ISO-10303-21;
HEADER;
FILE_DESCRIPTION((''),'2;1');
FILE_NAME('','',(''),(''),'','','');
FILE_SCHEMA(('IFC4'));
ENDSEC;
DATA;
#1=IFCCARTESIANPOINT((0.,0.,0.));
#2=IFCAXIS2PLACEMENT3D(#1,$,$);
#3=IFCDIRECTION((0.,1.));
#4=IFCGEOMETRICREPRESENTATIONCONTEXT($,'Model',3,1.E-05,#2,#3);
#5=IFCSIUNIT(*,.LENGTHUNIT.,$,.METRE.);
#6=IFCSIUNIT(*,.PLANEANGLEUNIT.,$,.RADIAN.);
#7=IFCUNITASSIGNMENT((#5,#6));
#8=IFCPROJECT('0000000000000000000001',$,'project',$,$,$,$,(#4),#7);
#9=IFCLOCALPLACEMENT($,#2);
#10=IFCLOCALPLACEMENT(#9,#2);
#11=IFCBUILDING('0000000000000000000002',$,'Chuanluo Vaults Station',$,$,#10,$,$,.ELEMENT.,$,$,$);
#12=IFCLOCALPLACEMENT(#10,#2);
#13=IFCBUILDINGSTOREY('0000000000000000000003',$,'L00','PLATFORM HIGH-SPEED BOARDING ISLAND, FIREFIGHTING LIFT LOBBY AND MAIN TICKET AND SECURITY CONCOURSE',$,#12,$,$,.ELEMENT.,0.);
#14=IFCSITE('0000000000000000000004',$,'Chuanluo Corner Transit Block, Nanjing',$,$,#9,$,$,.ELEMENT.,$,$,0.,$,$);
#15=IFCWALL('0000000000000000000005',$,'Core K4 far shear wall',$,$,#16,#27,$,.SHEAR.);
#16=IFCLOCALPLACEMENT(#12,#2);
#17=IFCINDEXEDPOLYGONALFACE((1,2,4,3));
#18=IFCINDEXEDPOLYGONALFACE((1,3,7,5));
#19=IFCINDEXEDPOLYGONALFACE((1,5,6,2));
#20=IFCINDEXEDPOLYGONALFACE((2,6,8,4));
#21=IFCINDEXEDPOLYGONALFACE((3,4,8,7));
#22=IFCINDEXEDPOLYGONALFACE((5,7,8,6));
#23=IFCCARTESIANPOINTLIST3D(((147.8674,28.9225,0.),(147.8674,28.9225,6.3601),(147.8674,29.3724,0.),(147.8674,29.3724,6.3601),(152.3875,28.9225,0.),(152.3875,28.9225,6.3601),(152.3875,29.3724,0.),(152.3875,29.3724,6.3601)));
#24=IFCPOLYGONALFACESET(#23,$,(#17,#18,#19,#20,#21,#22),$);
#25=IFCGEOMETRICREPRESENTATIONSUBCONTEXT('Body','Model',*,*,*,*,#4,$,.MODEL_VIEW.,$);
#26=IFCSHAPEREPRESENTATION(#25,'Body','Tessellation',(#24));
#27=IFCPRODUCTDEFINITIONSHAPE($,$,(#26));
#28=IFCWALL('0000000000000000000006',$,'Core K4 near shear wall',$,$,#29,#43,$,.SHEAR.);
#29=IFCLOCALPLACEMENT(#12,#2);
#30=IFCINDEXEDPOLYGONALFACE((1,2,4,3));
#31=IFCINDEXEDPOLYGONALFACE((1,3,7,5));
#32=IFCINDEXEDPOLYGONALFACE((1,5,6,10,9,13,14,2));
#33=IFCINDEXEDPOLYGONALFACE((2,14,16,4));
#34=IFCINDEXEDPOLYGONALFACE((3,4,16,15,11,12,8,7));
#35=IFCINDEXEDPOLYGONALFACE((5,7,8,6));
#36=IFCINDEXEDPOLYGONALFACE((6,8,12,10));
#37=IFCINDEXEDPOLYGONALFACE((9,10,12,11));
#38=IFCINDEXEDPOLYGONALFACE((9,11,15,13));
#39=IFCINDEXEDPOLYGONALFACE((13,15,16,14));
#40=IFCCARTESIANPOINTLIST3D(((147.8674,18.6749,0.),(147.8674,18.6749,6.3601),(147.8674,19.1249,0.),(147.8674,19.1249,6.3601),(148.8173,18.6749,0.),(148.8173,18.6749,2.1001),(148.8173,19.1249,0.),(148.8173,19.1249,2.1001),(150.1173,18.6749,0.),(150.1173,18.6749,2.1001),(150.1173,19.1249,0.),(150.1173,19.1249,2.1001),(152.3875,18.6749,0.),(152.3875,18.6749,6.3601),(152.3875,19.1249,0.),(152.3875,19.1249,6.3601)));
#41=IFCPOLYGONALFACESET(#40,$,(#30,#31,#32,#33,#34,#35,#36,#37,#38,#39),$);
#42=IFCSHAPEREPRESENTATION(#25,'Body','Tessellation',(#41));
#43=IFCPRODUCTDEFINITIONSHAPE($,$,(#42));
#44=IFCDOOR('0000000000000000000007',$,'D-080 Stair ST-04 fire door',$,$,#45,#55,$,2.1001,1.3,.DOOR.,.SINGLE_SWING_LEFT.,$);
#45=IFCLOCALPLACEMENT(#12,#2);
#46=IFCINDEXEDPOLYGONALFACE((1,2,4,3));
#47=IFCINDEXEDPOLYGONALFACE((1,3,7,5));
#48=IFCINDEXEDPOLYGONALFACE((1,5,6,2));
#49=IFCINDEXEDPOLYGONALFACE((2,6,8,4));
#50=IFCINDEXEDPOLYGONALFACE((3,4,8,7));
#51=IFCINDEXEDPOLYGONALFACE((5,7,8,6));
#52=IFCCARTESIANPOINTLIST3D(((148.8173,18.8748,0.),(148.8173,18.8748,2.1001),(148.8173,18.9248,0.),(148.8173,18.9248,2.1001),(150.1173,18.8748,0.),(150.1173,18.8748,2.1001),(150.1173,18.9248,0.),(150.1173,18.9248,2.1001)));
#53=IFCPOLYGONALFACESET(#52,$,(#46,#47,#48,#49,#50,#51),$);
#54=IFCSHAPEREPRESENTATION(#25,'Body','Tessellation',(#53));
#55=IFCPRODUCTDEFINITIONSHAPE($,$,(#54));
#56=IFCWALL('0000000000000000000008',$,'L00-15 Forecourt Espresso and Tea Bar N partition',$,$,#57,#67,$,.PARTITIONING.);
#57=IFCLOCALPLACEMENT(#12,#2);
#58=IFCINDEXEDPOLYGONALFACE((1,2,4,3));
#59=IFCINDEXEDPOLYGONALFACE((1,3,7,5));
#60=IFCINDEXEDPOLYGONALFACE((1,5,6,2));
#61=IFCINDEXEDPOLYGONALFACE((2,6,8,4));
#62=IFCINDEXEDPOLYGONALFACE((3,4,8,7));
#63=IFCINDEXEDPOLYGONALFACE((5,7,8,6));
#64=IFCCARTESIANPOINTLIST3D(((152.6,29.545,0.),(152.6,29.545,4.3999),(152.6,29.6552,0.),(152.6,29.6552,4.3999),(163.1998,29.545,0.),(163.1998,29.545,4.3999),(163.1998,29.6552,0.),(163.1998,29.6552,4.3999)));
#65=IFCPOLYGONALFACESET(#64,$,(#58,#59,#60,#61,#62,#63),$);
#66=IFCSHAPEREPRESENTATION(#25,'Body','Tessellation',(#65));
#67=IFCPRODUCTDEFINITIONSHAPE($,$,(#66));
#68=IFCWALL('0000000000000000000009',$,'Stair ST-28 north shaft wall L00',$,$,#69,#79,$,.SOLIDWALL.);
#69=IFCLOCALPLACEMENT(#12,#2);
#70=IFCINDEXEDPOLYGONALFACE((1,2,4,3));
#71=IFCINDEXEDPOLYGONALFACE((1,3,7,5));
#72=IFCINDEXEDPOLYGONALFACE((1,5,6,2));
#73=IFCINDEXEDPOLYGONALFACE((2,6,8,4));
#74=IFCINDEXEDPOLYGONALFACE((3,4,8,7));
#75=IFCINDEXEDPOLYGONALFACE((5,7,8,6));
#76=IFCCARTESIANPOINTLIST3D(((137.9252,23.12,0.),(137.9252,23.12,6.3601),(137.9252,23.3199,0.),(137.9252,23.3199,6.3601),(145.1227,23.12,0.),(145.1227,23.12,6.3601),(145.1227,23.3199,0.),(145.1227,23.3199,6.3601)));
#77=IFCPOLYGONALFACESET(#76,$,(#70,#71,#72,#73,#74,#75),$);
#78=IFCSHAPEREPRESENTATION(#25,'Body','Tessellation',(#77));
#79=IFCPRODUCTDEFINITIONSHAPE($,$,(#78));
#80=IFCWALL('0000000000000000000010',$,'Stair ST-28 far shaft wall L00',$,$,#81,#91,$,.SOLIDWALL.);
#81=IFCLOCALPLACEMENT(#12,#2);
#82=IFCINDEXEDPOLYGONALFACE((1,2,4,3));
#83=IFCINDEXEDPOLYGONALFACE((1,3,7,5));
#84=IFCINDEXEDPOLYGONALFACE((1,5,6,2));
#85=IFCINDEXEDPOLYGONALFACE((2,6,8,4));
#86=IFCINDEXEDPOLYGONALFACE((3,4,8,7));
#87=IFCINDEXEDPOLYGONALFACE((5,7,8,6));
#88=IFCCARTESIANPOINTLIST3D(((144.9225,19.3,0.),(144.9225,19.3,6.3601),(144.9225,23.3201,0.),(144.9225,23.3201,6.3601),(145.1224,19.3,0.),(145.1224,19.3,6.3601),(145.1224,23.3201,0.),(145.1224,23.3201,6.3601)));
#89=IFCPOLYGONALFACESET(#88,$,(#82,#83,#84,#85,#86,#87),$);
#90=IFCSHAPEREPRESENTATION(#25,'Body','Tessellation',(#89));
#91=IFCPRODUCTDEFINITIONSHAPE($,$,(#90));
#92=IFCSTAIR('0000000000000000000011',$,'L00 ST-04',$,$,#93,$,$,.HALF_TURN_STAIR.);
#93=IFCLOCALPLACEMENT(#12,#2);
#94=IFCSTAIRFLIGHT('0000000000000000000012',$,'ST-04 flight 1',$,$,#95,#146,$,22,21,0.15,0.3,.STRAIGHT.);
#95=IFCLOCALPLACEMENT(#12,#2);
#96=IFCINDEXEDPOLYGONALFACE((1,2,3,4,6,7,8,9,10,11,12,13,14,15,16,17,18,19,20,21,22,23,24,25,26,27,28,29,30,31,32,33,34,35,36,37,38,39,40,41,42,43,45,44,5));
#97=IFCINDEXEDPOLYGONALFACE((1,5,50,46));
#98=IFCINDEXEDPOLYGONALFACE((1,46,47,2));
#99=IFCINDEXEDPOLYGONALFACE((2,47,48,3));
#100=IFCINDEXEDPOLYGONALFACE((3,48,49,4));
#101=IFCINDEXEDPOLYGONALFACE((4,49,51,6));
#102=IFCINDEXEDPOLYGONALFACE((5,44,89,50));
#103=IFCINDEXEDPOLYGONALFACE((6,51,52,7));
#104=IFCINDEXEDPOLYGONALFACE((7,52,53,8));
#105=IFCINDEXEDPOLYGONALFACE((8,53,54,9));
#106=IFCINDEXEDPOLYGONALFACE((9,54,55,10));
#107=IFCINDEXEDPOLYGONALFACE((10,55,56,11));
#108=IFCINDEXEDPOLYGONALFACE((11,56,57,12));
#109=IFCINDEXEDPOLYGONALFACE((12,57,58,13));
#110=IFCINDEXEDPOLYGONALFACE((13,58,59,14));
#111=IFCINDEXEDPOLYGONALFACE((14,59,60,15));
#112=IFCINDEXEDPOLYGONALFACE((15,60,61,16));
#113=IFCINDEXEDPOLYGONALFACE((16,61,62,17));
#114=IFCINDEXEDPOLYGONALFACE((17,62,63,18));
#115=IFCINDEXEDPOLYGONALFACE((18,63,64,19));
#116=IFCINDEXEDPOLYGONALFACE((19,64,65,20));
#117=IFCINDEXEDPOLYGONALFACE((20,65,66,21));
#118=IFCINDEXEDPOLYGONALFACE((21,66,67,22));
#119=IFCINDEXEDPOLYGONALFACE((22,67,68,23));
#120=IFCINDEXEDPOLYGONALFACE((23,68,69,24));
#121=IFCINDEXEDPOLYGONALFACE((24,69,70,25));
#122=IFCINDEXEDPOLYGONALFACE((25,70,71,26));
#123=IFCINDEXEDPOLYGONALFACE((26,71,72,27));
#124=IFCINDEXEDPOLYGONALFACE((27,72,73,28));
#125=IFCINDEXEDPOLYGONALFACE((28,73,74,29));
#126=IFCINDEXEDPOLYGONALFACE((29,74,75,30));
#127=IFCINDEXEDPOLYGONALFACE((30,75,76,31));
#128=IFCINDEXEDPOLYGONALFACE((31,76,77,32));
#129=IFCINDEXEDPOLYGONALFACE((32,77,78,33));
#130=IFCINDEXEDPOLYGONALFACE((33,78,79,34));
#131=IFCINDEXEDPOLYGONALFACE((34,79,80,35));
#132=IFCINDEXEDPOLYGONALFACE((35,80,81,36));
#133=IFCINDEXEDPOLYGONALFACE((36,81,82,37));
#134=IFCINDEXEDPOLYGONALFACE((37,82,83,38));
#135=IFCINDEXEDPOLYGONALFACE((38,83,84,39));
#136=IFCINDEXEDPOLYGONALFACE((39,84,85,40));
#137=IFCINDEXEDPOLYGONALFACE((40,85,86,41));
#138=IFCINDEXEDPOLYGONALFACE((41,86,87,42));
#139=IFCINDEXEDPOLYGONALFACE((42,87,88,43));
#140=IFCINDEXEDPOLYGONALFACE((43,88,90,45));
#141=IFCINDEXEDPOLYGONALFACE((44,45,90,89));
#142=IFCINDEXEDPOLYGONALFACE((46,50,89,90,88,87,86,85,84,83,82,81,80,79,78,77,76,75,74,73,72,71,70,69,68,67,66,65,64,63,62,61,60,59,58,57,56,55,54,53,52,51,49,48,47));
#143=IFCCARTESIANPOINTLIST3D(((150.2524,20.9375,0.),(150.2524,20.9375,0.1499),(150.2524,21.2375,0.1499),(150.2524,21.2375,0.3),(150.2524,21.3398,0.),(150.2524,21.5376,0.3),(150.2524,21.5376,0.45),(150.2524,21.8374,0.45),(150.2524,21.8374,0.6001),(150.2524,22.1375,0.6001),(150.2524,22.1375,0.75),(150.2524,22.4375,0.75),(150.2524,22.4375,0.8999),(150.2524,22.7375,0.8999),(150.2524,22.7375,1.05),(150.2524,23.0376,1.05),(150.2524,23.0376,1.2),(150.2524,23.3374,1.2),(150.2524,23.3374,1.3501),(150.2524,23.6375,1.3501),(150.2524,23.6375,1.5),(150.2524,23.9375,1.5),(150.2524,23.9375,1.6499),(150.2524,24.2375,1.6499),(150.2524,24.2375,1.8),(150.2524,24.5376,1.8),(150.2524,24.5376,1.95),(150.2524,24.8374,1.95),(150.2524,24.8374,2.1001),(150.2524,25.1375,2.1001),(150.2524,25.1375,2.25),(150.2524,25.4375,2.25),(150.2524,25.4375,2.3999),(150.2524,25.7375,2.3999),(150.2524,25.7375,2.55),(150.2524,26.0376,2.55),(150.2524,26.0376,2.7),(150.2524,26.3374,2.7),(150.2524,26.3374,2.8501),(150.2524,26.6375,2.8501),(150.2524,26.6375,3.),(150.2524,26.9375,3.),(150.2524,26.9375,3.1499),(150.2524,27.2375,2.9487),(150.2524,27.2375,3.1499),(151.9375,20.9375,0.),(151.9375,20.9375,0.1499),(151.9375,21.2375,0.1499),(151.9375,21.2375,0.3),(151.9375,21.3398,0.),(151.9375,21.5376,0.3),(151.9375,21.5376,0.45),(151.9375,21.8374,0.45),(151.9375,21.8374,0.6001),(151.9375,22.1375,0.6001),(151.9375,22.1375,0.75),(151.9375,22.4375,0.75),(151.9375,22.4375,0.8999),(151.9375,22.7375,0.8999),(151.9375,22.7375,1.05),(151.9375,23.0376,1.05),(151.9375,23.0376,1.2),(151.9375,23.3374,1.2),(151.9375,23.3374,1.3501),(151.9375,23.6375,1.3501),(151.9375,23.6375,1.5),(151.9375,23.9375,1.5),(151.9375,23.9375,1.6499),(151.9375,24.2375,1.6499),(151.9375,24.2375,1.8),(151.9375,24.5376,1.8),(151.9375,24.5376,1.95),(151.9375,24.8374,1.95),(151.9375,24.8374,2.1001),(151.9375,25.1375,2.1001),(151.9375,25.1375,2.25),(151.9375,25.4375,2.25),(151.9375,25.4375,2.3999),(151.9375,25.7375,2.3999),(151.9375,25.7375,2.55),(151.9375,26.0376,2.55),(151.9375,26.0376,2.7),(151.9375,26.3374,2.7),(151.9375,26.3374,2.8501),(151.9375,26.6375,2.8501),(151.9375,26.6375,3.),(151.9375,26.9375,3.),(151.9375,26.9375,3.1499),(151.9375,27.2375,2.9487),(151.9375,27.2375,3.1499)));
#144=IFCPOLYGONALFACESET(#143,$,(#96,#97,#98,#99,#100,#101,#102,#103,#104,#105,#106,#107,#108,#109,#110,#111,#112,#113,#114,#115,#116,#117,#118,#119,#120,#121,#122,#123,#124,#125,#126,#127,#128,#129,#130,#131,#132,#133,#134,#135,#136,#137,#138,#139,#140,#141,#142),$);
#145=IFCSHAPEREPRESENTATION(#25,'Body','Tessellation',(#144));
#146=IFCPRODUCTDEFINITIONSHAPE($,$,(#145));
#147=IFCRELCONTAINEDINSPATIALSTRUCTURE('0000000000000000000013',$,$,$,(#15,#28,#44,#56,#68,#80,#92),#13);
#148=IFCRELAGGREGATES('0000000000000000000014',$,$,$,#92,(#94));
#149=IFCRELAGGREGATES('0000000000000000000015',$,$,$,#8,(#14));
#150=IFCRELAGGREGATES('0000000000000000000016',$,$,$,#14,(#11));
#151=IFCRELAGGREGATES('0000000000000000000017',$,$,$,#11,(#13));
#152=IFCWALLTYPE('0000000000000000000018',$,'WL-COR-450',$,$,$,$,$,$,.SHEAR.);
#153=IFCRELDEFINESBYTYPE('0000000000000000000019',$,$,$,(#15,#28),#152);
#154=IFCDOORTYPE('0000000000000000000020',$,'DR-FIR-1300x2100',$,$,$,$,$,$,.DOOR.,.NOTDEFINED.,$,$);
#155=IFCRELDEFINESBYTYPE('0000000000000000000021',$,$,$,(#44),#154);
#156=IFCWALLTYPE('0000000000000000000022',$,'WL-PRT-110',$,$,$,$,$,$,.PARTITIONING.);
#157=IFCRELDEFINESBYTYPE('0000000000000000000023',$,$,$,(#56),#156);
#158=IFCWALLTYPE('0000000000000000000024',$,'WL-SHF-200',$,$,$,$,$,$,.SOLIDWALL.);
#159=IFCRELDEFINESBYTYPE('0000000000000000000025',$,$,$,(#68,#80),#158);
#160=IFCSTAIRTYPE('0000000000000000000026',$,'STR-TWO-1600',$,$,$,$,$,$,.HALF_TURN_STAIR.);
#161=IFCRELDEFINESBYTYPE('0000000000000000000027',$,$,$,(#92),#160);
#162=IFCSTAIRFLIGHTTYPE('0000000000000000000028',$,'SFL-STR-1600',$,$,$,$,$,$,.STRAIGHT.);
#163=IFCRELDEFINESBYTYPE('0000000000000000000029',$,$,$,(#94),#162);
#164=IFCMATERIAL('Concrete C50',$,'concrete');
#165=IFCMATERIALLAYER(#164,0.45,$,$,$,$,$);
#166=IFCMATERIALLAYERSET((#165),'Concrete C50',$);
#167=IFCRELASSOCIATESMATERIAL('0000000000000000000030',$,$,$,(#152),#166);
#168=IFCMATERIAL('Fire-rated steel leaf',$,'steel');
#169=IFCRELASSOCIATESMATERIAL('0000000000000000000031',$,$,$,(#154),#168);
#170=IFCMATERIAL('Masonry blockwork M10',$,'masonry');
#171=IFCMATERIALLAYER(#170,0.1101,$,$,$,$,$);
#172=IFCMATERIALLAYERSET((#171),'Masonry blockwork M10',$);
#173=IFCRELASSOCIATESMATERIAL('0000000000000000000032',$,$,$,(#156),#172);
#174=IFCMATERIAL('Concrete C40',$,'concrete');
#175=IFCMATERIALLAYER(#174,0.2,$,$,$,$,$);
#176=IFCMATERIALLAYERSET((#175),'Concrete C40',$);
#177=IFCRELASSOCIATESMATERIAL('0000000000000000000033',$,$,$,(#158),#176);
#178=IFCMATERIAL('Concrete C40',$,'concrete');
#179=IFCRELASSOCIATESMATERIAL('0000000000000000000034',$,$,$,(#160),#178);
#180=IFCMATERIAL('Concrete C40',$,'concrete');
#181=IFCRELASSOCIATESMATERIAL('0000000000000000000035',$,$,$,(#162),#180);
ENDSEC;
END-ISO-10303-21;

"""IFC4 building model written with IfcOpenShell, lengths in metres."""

from ifc_helpers import new_model, si_unit, direction, frame, frame_2d, origin, place, context, subcontext, project, spatial, polyline, rectangle, outline, extrude, material, layer, layer_set, type_object, element, fill, aggregate, save


model = new_model("IFC4")

# Units and contexts
model_context = context("Model", 3, precision=1e-05, world=origin(), true_north=direction((0.0, 1.0)))
body_context = subcontext(model_context, "Body", "Model", "MODEL_VIEW")
ifc_project = project(units=[si_unit("LENGTHUNIT", "METRE"), si_unit("PLANEANGLEUNIT", "RADIAN")], contexts=[model_context])

# Site, building, storey
site_placement = place(None, origin())
site = spatial("IfcSite", under=ifc_project, at=site_placement, Name="Chuanluo Corner Transit Block, Nanjing", CompositionType="ELEMENT", RefElevation=0.0)
building_placement = place(site_placement, origin())
building = spatial("IfcBuilding", under=site, at=building_placement, Name="Chuanluo Vaults Station", CompositionType="ELEMENT")
storey_placement = place(building_placement, origin())
storey = spatial("IfcBuildingStorey", under=building, at=storey_placement, Name="L00", Description="PLATFORM HIGH-SPEED BOARDING ISLAND, FIREFIGHTING LIFT LOBBY AND MAIN TICKET AND SECURITY CONCOURSE", CompositionType="ELEMENT", Elevation=0.0)

# Wall
ifc_material_1 = material(Name="Concrete C50", Category="concrete")
ifc_layer_1 = layer(ifc_material_1, 0.45)
ifc_layer_set_1 = layer_set([ifc_layer_1], Name="Concrete C50")
wall_type_1 = type_object("IfcWallType", Name="WL-COR-450", PredefinedType="SHEAR", material=ifc_layer_set_1)
wall_1_placement = place(storey_placement, frame((152.3875, 29.1475, 0.0), z_axis=(0.0, 0.0, 1.0), x_axis=(-1.0, 0.0, 0.0)))
element("IfcWall", 1, at=wall_1_placement, inside=storey, type_object=wall_type_1, Name="Core K4 far shear wall", PredefinedType="SHEAR", context=body_context, shape_type="SweptSolid", body=[
    extrude(rectangle(XDim=4.52, YDim=0.45, at=frame_2d((2.26, 0.0))), origin(), (0.0, 0.0, 1.0), 6.3601),
])

# Wall, opening, door
wall_2_placement = place(storey_placement, frame((147.8674, 18.8999, 0.0), z_axis=(0.0, 0.0, 1.0), x_axis=(1.0, 0.0, 0.0)))
wall_2 = element("IfcWall", 2, at=wall_2_placement, inside=storey, type_object=wall_type_1, Name="Core K4 near shear wall", PredefinedType="SHEAR", context=body_context, shape_type="SweptSolid", body=[
    extrude(rectangle(XDim=4.52, YDim=0.45, at=frame_2d((2.26, 0.0))), origin(), (0.0, 0.0, 1.0), 6.3601),
])
opening_placement = place(wall_2_placement, frame((0.95, 0.0, 0.0)))
opening = element("IfcOpeningElement", 3, at=opening_placement, cuts=wall_2, PredefinedType="OPENING", context=body_context, shape_type="SweptSolid", body=[
    extrude(rectangle(XDim=1.3, YDim=2.1001, at=frame_2d((0.6499, 1.05))), frame((0.0, 0.2351, 0.0), z_axis=(0.0, -1.0, 0.0), x_axis=(1.0, 0.0, 0.0)), (0.0, 0.0, 1.0), 0.4699),
])
ifc_material_2 = material(Name="Fire-rated steel leaf", Category="steel")
door_type = type_object("IfcDoorType", Name="DR-FIR-1300x2100", OperationType="NOTDEFINED", PredefinedType="DOOR", material=ifc_material_2)
door_placement = place(opening_placement, origin())
door = element("IfcDoor", 4, at=door_placement, inside=storey, type_object=door_type, Name="D-080 Stair ST-04 fire door", OperationType="SINGLE_SWING_LEFT", OverallHeight=2.1001, OverallWidth=1.3, PredefinedType="DOOR", context=body_context, shape_type="SweptSolid", body=[
    extrude(rectangle(XDim=1.3, YDim=2.1001, at=frame_2d((0.6499, 1.05))), frame((0.0, 0.0249, 0.0), z_axis=(0.0, -1.0, 0.0), x_axis=(1.0, 0.0, 0.0)), (0.0, 0.0, 1.0), 0.05),
])
fill(opening, door)

# Walls
ifc_material_3 = material(Name="Masonry blockwork M10", Category="masonry")
ifc_layer_2 = layer(ifc_material_3, 0.1101)
ifc_layer_set_2 = layer_set([ifc_layer_2], Name="Masonry blockwork M10")
wall_type_2 = type_object("IfcWallType", Name="WL-PRT-110", PredefinedType="PARTITIONING", material=ifc_layer_set_2)
wall_3_placement = place(storey_placement, frame((152.6001, 29.6001, 0.0), z_axis=(0.0, 0.0, 1.0), x_axis=(1.0, 0.0, 0.0)))
element("IfcWall", 5, at=wall_3_placement, inside=storey, type_object=wall_type_2, Name="L00-15 Forecourt Espresso and Tea Bar N partition", PredefinedType="PARTITIONING", context=body_context, shape_type="SweptSolid", body=[
    extrude(rectangle(XDim=10.5999, YDim=0.1101, at=frame_2d((5.2998, 0.0))), origin(), (0.0, 0.0, 1.0), 4.3999),
])
ifc_material_4 = material(Name="Concrete C40", Category="concrete")
ifc_layer_3 = layer(ifc_material_4, 0.2)
ifc_layer_set_3 = layer_set([ifc_layer_3], Name="Concrete C40")
wall_type_3 = type_object("IfcWallType", Name="WL-SHF-200", PredefinedType="SOLIDWALL", material=ifc_layer_set_3)
wall_4_placement = place(storey_placement, frame((145.1226, 23.22, 0.0), z_axis=(0.0, 0.0, 1.0), x_axis=(-1.0, 0.0, 0.0)))
element("IfcWall", 6, at=wall_4_placement, inside=storey, type_object=wall_type_3, Name="Stair ST-28 north shaft wall L00", PredefinedType="SOLIDWALL", context=body_context, shape_type="SweptSolid", body=[
    extrude(rectangle(XDim=7.1975, YDim=0.2, at=frame_2d((3.5986, 0.0))), origin(), (0.0, 0.0, 1.0), 6.3601),
])
wall_5_placement = place(storey_placement, frame((145.0225, 19.3, 0.0), z_axis=(0.0, 0.0, 1.0), x_axis=(0.0, 1.0, 0.0)))
element("IfcWall", 7, at=wall_5_placement, inside=storey, type_object=wall_type_3, Name="Stair ST-28 far shaft wall L00", PredefinedType="SOLIDWALL", context=body_context, shape_type="SweptSolid", body=[
    extrude(rectangle(XDim=4.02, YDim=0.2, at=frame_2d((2.01, 0.0))), origin(), (0.0, 0.0, 1.0), 6.3601),
])

# Stair, stair flight
ifc_material_5 = material(Name="Concrete C40", Category="concrete")
stair_type = type_object("IfcStairType", Name="STR-TWO-1600", PredefinedType="HALF_TURN_STAIR", material=ifc_material_5)
stair_placement = place(storey_placement, origin())
stair = element("IfcStair", 8, at=stair_placement, inside=storey, type_object=stair_type, Name="L00 ST-04", PredefinedType="HALF_TURN_STAIR")
ifc_material_6 = material(Name="Concrete C40", Category="concrete")
stair_flight_type = type_object("IfcStairFlightType", Name="SFL-STR-1600", PredefinedType="STRAIGHT", material=ifc_material_6)
stair_flight_1_placement = place(storey_placement, frame((151.095, 20.9375, 0.0), z_axis=(0.0, 0.0, 1.0), x_axis=(0.0, 1.0, 0.0)))
stair_flight_1 = element("IfcStairFlight", 9, at=stair_flight_1_placement, type_object=stair_flight_type, Name="ST-04 flight 1", NumberOfRisers=22, NumberOfTreads=21, PredefinedType="STRAIGHT", RiserHeight=0.15, TreadLength=0.3, context=body_context, shape_type="SweptSolid", body=[
    extrude(outline(polyline([(0.0, 0.0), (0.0, 0.1499), (0.3, 0.1499), (0.3, 0.3), (0.6001, 0.3), (0.6001, 0.45), (0.8999, 0.45), (0.8999, 0.6001), (1.2, 0.6001), (1.2, 0.75), (1.5, 0.75), (1.5, 0.8999), (1.8, 0.8999), (1.8, 1.05), (2.1001, 1.05), (2.1001, 1.2), (2.3999, 1.2), (2.3999, 1.3501), (2.7, 1.3501), (2.7, 1.5), (3.0, 1.5), (3.0, 1.6499), (3.3, 1.6499), (3.3, 1.8), (3.6001, 1.8), (3.6001, 1.95), (3.8999, 1.95), (3.8999, 2.1001), (4.2, 2.1001), (4.2, 2.25), (4.5, 2.25), (4.5, 2.3999), (4.8, 2.3999), (4.8, 2.55), (5.1001, 2.55), (5.1001, 2.7), (5.3999, 2.7), (5.3999, 2.8501), (5.7, 2.8501), (5.7, 3.0), (6.0, 3.0), (6.0, 3.1499), (6.3, 3.1499), (6.3, 3.3), (6.3, 2.9487), (0.4023, 0.0), (0.0, 0.0)])), frame((0.0, 0.8425, 0.0), z_axis=(0.0, -1.0, 0.0), x_axis=(1.0, 0.0, 0.0)), (0.0, 0.0, 1.0), 1.6851),
])
aggregate(stair, [stair_flight_1])

save(model, "model.ifc")
